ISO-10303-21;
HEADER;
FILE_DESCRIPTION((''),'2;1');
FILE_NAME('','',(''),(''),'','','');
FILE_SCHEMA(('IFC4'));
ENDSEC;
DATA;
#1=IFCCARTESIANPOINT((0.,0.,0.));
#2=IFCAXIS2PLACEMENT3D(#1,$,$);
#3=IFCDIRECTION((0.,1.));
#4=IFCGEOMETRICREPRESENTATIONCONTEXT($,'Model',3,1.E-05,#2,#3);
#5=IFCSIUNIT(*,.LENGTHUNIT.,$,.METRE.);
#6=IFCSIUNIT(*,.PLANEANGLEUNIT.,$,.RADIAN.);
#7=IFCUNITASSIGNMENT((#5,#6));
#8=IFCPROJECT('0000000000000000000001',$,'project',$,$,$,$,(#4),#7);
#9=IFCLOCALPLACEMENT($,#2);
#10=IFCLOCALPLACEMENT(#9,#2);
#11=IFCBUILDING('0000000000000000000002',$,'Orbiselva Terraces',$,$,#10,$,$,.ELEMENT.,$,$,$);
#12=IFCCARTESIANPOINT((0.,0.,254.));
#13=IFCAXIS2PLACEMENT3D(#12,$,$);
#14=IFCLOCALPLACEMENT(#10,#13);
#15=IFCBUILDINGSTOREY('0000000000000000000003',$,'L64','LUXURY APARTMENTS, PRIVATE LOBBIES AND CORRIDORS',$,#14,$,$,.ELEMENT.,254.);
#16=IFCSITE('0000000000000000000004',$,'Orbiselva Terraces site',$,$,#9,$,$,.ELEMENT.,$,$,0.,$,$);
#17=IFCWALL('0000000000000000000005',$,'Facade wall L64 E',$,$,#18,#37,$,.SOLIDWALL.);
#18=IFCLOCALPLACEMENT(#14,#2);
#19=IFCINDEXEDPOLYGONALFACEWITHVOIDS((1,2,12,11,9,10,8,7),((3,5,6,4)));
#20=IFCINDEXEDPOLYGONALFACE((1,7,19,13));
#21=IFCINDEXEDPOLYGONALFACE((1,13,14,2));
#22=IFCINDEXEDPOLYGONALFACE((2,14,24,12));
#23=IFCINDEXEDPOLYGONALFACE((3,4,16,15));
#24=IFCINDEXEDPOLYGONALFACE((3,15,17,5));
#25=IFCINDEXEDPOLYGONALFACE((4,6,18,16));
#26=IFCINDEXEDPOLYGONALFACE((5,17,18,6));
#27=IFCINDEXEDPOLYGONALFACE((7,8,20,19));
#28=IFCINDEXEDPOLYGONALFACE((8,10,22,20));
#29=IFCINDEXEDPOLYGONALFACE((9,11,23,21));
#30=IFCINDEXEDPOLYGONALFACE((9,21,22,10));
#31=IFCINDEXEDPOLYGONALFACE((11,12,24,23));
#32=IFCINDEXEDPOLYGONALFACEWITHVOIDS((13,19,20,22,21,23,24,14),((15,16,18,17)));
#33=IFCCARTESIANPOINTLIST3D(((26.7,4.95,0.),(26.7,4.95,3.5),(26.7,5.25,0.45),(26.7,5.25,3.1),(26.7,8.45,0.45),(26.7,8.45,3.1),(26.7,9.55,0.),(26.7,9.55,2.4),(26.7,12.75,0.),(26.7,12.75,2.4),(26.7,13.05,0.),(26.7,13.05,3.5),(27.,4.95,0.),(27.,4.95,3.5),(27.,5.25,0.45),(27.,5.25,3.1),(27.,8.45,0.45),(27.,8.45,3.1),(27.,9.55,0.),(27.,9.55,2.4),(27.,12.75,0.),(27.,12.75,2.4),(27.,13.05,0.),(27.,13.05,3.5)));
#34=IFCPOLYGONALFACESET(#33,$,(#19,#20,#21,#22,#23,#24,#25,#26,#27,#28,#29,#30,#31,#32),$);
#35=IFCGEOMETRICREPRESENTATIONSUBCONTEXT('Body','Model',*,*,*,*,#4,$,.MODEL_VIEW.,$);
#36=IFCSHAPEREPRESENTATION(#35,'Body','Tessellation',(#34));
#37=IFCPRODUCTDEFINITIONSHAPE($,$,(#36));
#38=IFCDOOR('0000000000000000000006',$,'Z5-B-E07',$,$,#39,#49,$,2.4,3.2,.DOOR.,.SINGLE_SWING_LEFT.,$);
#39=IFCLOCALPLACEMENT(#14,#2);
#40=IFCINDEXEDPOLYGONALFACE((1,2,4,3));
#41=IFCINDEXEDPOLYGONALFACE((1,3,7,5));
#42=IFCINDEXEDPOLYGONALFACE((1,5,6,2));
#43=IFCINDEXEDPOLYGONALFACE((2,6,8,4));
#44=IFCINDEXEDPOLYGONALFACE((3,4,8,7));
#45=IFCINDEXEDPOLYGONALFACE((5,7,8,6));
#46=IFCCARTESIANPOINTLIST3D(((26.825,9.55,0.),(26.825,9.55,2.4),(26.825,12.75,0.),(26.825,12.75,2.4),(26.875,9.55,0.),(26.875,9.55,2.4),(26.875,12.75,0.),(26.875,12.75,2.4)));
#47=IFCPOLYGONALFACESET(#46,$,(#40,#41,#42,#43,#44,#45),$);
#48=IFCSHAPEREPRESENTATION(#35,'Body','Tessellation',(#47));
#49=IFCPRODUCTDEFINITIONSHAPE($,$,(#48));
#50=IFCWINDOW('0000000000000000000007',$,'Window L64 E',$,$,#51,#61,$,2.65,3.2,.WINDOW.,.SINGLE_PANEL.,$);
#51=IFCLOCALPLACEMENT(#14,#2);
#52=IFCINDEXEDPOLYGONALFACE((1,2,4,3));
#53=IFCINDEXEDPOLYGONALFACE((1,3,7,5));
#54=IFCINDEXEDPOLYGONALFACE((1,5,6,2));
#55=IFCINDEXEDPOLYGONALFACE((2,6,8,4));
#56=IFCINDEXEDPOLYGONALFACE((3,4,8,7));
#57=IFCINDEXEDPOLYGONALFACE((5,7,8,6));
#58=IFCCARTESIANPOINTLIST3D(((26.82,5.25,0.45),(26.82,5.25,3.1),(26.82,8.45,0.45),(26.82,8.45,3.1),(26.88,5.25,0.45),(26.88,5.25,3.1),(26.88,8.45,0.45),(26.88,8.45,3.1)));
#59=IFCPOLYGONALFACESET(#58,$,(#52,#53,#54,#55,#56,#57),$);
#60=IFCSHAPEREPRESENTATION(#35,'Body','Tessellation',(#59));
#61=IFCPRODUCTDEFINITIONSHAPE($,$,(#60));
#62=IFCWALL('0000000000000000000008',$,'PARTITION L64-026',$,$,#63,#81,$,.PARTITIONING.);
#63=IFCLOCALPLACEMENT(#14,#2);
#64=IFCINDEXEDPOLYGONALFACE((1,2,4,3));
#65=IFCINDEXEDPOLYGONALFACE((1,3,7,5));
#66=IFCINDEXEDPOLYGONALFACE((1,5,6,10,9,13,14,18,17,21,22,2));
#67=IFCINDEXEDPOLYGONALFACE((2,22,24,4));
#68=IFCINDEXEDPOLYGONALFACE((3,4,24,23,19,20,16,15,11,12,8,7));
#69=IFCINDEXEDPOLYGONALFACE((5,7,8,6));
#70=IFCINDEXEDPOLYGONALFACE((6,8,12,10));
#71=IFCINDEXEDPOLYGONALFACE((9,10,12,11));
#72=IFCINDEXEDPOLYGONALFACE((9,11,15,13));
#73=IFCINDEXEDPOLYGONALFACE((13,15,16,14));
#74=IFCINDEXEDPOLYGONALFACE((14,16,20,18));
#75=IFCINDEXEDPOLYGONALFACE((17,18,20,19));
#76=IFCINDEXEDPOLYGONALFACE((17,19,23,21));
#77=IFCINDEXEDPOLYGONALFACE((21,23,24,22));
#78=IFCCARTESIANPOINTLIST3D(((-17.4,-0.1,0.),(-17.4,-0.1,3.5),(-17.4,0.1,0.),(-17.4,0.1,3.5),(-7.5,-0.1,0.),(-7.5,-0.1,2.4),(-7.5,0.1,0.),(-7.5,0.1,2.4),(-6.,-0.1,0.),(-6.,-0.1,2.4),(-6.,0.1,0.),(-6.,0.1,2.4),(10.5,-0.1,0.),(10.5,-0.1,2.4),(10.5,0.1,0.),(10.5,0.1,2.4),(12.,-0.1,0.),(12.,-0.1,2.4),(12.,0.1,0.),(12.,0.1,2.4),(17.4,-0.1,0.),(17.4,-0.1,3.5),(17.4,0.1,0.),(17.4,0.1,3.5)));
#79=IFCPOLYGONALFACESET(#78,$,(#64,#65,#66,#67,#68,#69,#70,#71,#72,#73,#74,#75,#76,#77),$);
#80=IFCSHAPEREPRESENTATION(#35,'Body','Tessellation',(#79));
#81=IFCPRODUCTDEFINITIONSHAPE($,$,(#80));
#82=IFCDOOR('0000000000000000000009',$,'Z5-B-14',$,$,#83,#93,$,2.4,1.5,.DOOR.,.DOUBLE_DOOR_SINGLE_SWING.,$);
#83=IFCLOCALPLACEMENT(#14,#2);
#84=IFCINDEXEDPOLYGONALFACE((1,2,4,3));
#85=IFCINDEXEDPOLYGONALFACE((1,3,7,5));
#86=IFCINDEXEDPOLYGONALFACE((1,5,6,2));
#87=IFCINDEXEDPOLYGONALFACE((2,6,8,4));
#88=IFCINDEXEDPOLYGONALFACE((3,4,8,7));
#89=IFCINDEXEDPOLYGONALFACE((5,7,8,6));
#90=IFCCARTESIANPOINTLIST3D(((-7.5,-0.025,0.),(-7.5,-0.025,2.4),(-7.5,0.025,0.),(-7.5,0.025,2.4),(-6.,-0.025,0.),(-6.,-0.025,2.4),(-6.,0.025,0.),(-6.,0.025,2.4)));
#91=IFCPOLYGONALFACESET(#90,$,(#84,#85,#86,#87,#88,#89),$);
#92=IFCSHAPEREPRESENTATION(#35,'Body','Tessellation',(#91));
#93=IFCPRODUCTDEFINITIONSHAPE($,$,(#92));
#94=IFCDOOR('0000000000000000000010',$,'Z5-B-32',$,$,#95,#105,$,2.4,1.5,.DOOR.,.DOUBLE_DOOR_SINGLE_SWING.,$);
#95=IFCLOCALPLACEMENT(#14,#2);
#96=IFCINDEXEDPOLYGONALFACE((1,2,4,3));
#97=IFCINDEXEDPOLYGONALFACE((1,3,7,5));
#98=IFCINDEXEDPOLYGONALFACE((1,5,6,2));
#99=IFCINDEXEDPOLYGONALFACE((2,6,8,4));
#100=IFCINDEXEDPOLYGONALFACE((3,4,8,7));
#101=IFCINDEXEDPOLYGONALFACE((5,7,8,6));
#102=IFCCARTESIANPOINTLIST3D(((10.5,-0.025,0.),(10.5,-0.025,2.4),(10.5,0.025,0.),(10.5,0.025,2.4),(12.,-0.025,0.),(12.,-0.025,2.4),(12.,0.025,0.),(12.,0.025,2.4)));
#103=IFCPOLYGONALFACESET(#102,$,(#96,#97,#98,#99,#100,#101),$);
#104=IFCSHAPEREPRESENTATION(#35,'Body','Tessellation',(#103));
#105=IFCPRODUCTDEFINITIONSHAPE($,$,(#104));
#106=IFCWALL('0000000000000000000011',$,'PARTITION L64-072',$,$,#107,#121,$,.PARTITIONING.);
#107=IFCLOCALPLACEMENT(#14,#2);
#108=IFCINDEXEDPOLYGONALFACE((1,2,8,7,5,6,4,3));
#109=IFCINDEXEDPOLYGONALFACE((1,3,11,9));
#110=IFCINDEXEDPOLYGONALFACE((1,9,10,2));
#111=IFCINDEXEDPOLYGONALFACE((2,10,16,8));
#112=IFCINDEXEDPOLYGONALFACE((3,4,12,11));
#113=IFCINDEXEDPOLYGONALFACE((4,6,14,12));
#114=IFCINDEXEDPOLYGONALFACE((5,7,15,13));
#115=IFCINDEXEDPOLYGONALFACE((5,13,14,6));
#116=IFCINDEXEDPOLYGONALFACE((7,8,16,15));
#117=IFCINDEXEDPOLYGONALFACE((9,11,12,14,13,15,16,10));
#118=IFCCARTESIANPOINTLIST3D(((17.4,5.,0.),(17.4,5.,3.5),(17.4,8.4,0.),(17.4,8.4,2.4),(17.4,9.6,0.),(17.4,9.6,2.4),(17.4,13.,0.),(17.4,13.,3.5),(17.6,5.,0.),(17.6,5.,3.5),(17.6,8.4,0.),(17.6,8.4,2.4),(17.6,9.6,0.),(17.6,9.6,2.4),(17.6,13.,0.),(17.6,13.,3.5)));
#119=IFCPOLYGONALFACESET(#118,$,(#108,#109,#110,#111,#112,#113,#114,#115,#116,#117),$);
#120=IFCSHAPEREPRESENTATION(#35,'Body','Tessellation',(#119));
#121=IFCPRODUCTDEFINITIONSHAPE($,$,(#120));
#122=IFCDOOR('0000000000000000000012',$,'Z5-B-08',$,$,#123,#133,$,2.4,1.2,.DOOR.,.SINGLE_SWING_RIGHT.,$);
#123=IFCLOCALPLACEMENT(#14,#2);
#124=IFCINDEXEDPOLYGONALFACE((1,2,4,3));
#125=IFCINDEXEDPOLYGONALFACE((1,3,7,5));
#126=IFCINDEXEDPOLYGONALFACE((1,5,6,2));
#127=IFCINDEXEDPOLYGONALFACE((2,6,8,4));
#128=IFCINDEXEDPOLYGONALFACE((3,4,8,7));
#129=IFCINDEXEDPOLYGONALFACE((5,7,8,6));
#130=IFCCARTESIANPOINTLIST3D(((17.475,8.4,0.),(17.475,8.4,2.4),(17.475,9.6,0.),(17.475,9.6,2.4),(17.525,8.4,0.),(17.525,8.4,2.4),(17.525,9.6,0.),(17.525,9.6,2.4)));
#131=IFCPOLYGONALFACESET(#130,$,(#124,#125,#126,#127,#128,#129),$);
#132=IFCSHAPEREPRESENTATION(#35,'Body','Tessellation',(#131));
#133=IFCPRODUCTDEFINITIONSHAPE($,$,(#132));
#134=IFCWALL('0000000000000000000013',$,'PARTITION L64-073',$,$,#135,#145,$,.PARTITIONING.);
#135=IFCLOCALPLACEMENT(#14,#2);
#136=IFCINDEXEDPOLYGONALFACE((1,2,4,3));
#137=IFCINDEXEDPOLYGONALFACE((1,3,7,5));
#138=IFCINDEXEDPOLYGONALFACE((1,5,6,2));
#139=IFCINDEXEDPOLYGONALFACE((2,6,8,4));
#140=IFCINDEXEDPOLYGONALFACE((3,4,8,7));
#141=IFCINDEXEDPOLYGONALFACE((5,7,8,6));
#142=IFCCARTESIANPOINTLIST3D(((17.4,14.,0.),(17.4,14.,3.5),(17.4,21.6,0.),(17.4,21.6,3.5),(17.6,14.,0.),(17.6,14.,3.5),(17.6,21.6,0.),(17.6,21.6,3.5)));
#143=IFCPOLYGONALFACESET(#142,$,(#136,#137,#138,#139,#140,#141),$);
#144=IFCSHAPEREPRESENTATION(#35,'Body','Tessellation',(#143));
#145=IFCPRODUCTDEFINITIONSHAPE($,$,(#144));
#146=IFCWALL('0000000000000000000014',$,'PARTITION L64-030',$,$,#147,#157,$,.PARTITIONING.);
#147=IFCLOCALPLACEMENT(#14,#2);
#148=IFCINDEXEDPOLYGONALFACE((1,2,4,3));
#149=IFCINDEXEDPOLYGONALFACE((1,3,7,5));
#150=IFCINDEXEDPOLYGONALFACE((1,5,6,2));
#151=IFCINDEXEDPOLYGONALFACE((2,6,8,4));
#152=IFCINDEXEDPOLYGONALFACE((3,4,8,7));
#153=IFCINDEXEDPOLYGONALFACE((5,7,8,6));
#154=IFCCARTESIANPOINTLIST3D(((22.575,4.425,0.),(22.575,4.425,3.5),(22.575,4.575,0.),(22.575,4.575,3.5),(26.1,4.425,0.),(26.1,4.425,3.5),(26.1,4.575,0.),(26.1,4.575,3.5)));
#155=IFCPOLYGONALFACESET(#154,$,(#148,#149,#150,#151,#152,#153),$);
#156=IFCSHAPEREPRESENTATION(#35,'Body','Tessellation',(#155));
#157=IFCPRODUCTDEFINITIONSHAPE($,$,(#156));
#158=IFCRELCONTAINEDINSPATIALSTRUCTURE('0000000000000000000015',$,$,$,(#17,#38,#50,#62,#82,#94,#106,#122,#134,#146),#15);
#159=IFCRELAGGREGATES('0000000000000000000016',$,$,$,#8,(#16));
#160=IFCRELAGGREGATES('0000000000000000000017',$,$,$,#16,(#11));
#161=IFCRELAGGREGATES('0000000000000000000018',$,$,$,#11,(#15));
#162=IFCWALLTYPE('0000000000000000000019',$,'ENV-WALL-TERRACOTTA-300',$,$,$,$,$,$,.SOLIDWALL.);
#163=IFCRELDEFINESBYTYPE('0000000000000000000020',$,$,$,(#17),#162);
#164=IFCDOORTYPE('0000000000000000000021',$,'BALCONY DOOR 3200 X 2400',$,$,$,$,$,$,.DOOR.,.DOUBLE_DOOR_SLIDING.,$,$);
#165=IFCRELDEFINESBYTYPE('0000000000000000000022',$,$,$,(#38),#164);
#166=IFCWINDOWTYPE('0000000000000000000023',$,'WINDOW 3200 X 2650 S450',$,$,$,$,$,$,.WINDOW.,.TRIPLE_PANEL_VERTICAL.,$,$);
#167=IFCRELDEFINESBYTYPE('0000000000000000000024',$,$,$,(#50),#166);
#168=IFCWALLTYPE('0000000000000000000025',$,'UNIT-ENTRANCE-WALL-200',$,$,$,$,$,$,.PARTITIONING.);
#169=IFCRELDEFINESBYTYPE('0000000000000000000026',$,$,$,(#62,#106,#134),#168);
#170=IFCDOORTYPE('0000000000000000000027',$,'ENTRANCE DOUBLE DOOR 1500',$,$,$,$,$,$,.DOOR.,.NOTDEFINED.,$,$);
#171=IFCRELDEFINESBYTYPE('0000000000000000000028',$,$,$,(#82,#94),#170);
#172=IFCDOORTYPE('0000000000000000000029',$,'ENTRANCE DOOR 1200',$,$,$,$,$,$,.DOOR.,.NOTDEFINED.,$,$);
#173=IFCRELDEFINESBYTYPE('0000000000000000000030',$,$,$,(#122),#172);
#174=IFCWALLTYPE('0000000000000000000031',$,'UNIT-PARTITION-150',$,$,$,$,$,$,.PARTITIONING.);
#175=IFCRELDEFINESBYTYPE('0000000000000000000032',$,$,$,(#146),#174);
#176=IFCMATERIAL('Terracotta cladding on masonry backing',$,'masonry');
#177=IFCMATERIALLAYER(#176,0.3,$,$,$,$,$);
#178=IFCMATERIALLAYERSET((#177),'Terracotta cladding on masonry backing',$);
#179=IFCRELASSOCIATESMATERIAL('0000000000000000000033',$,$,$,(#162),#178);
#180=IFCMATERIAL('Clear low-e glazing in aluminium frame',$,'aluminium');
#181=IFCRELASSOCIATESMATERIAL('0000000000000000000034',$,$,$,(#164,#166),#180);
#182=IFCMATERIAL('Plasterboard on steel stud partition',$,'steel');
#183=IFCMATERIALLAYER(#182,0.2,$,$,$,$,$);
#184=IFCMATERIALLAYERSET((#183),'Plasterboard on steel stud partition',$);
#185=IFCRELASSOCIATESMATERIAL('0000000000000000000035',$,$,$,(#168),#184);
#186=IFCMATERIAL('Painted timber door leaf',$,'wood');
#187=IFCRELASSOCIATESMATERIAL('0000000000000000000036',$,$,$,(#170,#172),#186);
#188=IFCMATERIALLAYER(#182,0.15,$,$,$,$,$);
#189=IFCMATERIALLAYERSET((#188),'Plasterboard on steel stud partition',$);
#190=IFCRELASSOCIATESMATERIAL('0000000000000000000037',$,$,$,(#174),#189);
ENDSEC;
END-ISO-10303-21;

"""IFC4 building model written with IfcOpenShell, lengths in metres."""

from ifc_helpers import new_model, si_unit, direction, frame, frame_2d, origin, place, context, subcontext, project, spatial, rectangle, extrude, material, layer, layer_set, type_object, element, fill, save


model = new_model("IFC4")

# Units and contexts
model_context = context("Model", 3, precision=1e-05, world=origin(), true_north=direction((0.0, 1.0)))
body_context = subcontext(model_context, "Body", "Model", "MODEL_VIEW")
ifc_project = project(units=[si_unit("LENGTHUNIT", "METRE"), si_unit("PLANEANGLEUNIT", "RADIAN")], contexts=[model_context])

# Site, building, storey
site_placement = place(None, origin())
site = spatial("IfcSite", under=ifc_project, at=site_placement, Name="Orbiselva Terraces site", CompositionType="ELEMENT", RefElevation=0.0)
building_placement = place(site_placement, origin())
building = spatial("IfcBuilding", under=site, at=building_placement, Name="Orbiselva Terraces", CompositionType="ELEMENT")
storey_placement = place(building_placement, frame((0.0, 0.0, 254.0)))
storey = spatial("IfcBuildingStorey", under=building, at=storey_placement, Name="L64", Description="LUXURY APARTMENTS, PRIVATE LOBBIES AND CORRIDORS", CompositionType="ELEMENT", Elevation=254.0)

# Wall, openings, door, window
ifc_material_1 = material(Name="Terracotta cladding on masonry backing", Category="masonry")
ifc_layer_1 = layer(ifc_material_1, 0.3)
ifc_layer_set_1 = layer_set([ifc_layer_1], Name="Terracotta cladding on masonry backing")
wall_type_1 = type_object("IfcWallType", Name="ENV-WALL-TERRACOTTA-300", PredefinedType="SOLIDWALL", material=ifc_layer_set_1)
ifc_material_2 = material(Name="Clear low-e glazing in aluminium frame", Category="aluminium")
door_type_1 = type_object("IfcDoorType", Name="BALCONY DOOR 3200 X 2400", OperationType="DOUBLE_DOOR_SLIDING", PredefinedType="DOOR", material=ifc_material_2)
window_type = type_object("IfcWindowType", Name="WINDOW 3200 X 2650 S450", PartitioningType="TRIPLE_PANEL_VERTICAL", PredefinedType="WINDOW", material=ifc_material_2)
wall_1_placement = place(storey_placement, frame((26.85, 13.05, 0.0), z_axis=(0.0, 0.0, 1.0), x_axis=(0.0, -1.0, 0.0)))
wall_1 = element("IfcWall", 1, at=wall_1_placement, inside=storey, type_object=wall_type_1, Name="Facade wall L64 E", PredefinedType="SOLIDWALL", context=body_context, shape_type="SweptSolid", body=[
    extrude(rectangle(XDim=8.1, YDim=0.3, at=frame_2d((4.05, 0.0))), origin(), (0.0, 0.0, 1.0), 3.5),
])
opening_1_placement = place(wall_1_placement, frame((4.6, 0.0, 0.45)))
opening_1 = element("IfcOpeningElement", 2, at=opening_1_placement, cuts=wall_1, PredefinedType="OPENING", context=body_context, shape_type="SweptSolid", body=[
    extrude(rectangle(XDim=3.2, YDim=2.65, at=frame_2d((1.6, 1.325))), frame((0.0, 0.16, 0.0), z_axis=(0.0, -1.0, 0.0), x_axis=(1.0, 0.0, 0.0)), (0.0, 0.0, 1.0), 0.32),
])
opening_2_placement = place(wall_1_placement, frame((0.3, 0.0, 0.0)))
opening_2 = element("IfcOpeningElement", 3, at=opening_2_placement, cuts=wall_1, PredefinedType="OPENING", context=body_context, shape_type="SweptSolid", body=[
    extrude(rectangle(XDim=3.2, YDim=2.4, at=frame_2d((1.6, 1.2))), frame((0.0, 0.16, 0.0), z_axis=(0.0, -1.0, 0.0), x_axis=(1.0, 0.0, 0.0)), (0.0, 0.0, 1.0), 0.32),
])
door_1_placement = place(opening_2_placement, origin())
door_1 = element("IfcDoor", 4, at=door_1_placement, inside=storey, type_object=door_type_1, Name="Z5-B-E07", OperationType="SINGLE_SWING_LEFT", OverallHeight=2.4, OverallWidth=3.2, PredefinedType="DOOR", context=body_context, shape_type="SweptSolid", body=[
    extrude(rectangle(XDim=3.2, YDim=2.4, at=frame_2d((1.6, 1.2))), frame((0.0, 0.025, 0.0), z_axis=(0.0, -1.0, 0.0), x_axis=(1.0, 0.0, 0.0)), (0.0, 0.0, 1.0), 0.05),
])
fill(opening_2, door_1)
window_1_placement = place(opening_1_placement, origin())
window_1 = element("IfcWindow", 5, at=window_1_placement, inside=storey, type_object=window_type, Name="Window L64 E", OverallHeight=2.65, OverallWidth=3.2, PartitioningType="SINGLE_PANEL", PredefinedType="WINDOW", context=body_context, shape_type="SweptSolid", body=[
    extrude(rectangle(XDim=3.2, YDim=2.65, at=frame_2d((1.6, 1.325))), frame((0.0, 0.03, 0.0), z_axis=(0.0, -1.0, 0.0), x_axis=(1.0, 0.0, 0.0)), (0.0, 0.0, 1.0), 0.06),
])
fill(opening_1, window_1)

# Wall, openings, doors
ifc_material_3 = material(Name="Plasterboard on steel stud partition", Category="steel")
ifc_layer_2 = layer(ifc_material_3, 0.2)
ifc_layer_set_2 = layer_set([ifc_layer_2], Name="Plasterboard on steel stud partition")
wall_type_2 = type_object("IfcWallType", Name="UNIT-ENTRANCE-WALL-200", PredefinedType="PARTITIONING", material=ifc_layer_set_2)
wall_2_placement = place(storey_placement, frame((17.4, 0.0, 0.0), z_axis=(0.0, 0.0, 1.0), x_axis=(-1.0, 0.0, 0.0)))
wall_2 = element("IfcWall", 6, at=wall_2_placement, inside=storey, type_object=wall_type_2, Name="PARTITION L64-026", PredefinedType="PARTITIONING", context=body_context, shape_type="SweptSolid", body=[
    extrude(rectangle(XDim=34.8, YDim=0.2, at=frame_2d((17.4, 0.0))), origin(), (0.0, 0.0, 1.0), 3.5),
])
opening_3_placement = place(wall_2_placement, frame((23.4, 0.0, 0.0)))
opening_3 = element("IfcOpeningElement", 7, at=opening_3_placement, cuts=wall_2, PredefinedType="OPENING", context=body_context, shape_type="SweptSolid", body=[
    extrude(rectangle(XDim=1.5, YDim=2.4, at=frame_2d((0.75, 1.2))), frame((0.0, 0.11, 0.0), z_axis=(0.0, -1.0, 0.0), x_axis=(1.0, 0.0, 0.0)), (0.0, 0.0, 1.0), 0.22),
])
opening_4_placement = place(wall_2_placement, frame((5.4, 0.0, 0.0)))
opening_4 = element("IfcOpeningElement", 8, at=opening_4_placement, cuts=wall_2, PredefinedType="OPENING", context=body_context, shape_type="SweptSolid", body=[
    extrude(rectangle(XDim=1.5, YDim=2.4, at=frame_2d((0.75, 1.2))), frame((0.0, 0.11, 0.0), z_axis=(0.0, -1.0, 0.0), x_axis=(1.0, 0.0, 0.0)), (0.0, 0.0, 1.0), 0.22),
])
ifc_material_4 = material(Name="Painted timber door leaf", Category="wood")
door_type_2 = type_object("IfcDoorType", Name="ENTRANCE DOUBLE DOOR 1500", OperationType="NOTDEFINED", PredefinedType="DOOR", material=ifc_material_4)
door_2_placement = place(opening_3_placement, origin())
door_2 = element("IfcDoor", 9, at=door_2_placement, inside=storey, type_object=door_type_2, Name="Z5-B-14", OperationType="DOUBLE_DOOR_SINGLE_SWING", OverallHeight=2.4, OverallWidth=1.5, PredefinedType="DOOR", context=body_context, shape_type="SweptSolid", body=[
    extrude(rectangle(XDim=1.5, YDim=2.4, at=frame_2d((0.75, 1.2))), frame((0.0, 0.025, 0.0), z_axis=(0.0, -1.0, 0.0), x_axis=(1.0, 0.0, 0.0)), (0.0, 0.0, 1.0), 0.05),
])
fill(opening_3, door_2)
door_3_placement = place(opening_4_placement, origin())
door_3 = element("IfcDoor", 10, at=door_3_placement, inside=storey, type_object=door_type_2, Name="Z5-B-32", OperationType="DOUBLE_DOOR_SINGLE_SWING", OverallHeight=2.4, OverallWidth=1.5, PredefinedType="DOOR", context=body_context, shape_type="SweptSolid", body=[
    extrude(rectangle(XDim=1.5, YDim=2.4, at=frame_2d((0.75, 1.2))), frame((0.0, 0.025, 0.0), z_axis=(0.0, -1.0, 0.0), x_axis=(1.0, 0.0, 0.0)), (0.0, 0.0, 1.0), 0.05),
])
fill(opening_4, door_3)

# Wall, opening, door
wall_3_placement = place(storey_placement, frame((17.5, 13.0, 0.0), z_axis=(0.0, 0.0, 1.0), x_axis=(0.0, -1.0, 0.0)))
wall_3 = element("IfcWall", 11, at=wall_3_placement, inside=storey, type_object=wall_type_2, Name="PARTITION L64-072", PredefinedType="PARTITIONING", context=body_context, shape_type="SweptSolid", body=[
    extrude(rectangle(XDim=8.0, YDim=0.2, at=frame_2d((4.0, 0.0))), origin(), (0.0, 0.0, 1.0), 3.5),
])
opening_5_placement = place(wall_3_placement, frame((3.4, 0.0, 0.0)))
opening_5 = element("IfcOpeningElement", 12, at=opening_5_placement, cuts=wall_3, PredefinedType="OPENING", context=body_context, shape_type="SweptSolid", body=[
    extrude(rectangle(XDim=1.2, YDim=2.4, at=frame_2d((0.6, 1.2))), frame((0.0, 0.11, 0.0), z_axis=(0.0, -1.0, 0.0), x_axis=(1.0, 0.0, 0.0)), (0.0, 0.0, 1.0), 0.22),
])
door_type_3 = type_object("IfcDoorType", Name="ENTRANCE DOOR 1200", OperationType="NOTDEFINED", PredefinedType="DOOR", material=ifc_material_4)
door_4_placement = place(opening_5_placement, origin())
door_4 = element("IfcDoor", 13, at=door_4_placement, inside=storey, type_object=door_type_3, Name="Z5-B-08", OperationType="SINGLE_SWING_RIGHT", OverallHeight=2.4, OverallWidth=1.2, PredefinedType="DOOR", context=body_context, shape_type="SweptSolid", body=[
    extrude(rectangle(XDim=1.2, YDim=2.4, at=frame_2d((0.6, 1.2))), frame((0.0, 0.025, 0.0), z_axis=(0.0, -1.0, 0.0), x_axis=(1.0, 0.0, 0.0)), (0.0, 0.0, 1.0), 0.05),
])
fill(opening_5, door_4)

# Walls
wall_4_placement = place(storey_placement, frame((17.5, 14.0, 0.0), z_axis=(0.0, 0.0, 1.0), x_axis=(0.0, 1.0, 0.0)))
element("IfcWall", 14, at=wall_4_placement, inside=storey, type_object=wall_type_2, Name="PARTITION L64-073", PredefinedType="PARTITIONING", context=body_context, shape_type="SweptSolid", body=[
    extrude(rectangle(XDim=7.6, YDim=0.2, at=frame_2d((3.8, 0.0))), origin(), (0.0, 0.0, 1.0), 3.5),
])
ifc_layer_3 = layer(ifc_material_3, 0.15)
ifc_layer_set_3 = layer_set([ifc_layer_3], Name="Plasterboard on steel stud partition")
wall_type_3 = type_object("IfcWallType", Name="UNIT-PARTITION-150", PredefinedType="PARTITIONING", material=ifc_layer_set_3)
wall_5_placement = place(storey_placement, frame((22.575, 4.5, 0.0), z_axis=(0.0, 0.0, 1.0), x_axis=(1.0, 0.0, 0.0)))
element("IfcWall", 15, at=wall_5_placement, inside=storey, type_object=wall_type_3, Name="PARTITION L64-030", PredefinedType="PARTITIONING", context=body_context, shape_type="SweptSolid", body=[
    extrude(rectangle(XDim=3.525, YDim=0.15, at=frame_2d((1.7625, 0.0))), origin(), (0.0, 0.0, 1.0), 3.5),
])

save(model, "model.ifc")
